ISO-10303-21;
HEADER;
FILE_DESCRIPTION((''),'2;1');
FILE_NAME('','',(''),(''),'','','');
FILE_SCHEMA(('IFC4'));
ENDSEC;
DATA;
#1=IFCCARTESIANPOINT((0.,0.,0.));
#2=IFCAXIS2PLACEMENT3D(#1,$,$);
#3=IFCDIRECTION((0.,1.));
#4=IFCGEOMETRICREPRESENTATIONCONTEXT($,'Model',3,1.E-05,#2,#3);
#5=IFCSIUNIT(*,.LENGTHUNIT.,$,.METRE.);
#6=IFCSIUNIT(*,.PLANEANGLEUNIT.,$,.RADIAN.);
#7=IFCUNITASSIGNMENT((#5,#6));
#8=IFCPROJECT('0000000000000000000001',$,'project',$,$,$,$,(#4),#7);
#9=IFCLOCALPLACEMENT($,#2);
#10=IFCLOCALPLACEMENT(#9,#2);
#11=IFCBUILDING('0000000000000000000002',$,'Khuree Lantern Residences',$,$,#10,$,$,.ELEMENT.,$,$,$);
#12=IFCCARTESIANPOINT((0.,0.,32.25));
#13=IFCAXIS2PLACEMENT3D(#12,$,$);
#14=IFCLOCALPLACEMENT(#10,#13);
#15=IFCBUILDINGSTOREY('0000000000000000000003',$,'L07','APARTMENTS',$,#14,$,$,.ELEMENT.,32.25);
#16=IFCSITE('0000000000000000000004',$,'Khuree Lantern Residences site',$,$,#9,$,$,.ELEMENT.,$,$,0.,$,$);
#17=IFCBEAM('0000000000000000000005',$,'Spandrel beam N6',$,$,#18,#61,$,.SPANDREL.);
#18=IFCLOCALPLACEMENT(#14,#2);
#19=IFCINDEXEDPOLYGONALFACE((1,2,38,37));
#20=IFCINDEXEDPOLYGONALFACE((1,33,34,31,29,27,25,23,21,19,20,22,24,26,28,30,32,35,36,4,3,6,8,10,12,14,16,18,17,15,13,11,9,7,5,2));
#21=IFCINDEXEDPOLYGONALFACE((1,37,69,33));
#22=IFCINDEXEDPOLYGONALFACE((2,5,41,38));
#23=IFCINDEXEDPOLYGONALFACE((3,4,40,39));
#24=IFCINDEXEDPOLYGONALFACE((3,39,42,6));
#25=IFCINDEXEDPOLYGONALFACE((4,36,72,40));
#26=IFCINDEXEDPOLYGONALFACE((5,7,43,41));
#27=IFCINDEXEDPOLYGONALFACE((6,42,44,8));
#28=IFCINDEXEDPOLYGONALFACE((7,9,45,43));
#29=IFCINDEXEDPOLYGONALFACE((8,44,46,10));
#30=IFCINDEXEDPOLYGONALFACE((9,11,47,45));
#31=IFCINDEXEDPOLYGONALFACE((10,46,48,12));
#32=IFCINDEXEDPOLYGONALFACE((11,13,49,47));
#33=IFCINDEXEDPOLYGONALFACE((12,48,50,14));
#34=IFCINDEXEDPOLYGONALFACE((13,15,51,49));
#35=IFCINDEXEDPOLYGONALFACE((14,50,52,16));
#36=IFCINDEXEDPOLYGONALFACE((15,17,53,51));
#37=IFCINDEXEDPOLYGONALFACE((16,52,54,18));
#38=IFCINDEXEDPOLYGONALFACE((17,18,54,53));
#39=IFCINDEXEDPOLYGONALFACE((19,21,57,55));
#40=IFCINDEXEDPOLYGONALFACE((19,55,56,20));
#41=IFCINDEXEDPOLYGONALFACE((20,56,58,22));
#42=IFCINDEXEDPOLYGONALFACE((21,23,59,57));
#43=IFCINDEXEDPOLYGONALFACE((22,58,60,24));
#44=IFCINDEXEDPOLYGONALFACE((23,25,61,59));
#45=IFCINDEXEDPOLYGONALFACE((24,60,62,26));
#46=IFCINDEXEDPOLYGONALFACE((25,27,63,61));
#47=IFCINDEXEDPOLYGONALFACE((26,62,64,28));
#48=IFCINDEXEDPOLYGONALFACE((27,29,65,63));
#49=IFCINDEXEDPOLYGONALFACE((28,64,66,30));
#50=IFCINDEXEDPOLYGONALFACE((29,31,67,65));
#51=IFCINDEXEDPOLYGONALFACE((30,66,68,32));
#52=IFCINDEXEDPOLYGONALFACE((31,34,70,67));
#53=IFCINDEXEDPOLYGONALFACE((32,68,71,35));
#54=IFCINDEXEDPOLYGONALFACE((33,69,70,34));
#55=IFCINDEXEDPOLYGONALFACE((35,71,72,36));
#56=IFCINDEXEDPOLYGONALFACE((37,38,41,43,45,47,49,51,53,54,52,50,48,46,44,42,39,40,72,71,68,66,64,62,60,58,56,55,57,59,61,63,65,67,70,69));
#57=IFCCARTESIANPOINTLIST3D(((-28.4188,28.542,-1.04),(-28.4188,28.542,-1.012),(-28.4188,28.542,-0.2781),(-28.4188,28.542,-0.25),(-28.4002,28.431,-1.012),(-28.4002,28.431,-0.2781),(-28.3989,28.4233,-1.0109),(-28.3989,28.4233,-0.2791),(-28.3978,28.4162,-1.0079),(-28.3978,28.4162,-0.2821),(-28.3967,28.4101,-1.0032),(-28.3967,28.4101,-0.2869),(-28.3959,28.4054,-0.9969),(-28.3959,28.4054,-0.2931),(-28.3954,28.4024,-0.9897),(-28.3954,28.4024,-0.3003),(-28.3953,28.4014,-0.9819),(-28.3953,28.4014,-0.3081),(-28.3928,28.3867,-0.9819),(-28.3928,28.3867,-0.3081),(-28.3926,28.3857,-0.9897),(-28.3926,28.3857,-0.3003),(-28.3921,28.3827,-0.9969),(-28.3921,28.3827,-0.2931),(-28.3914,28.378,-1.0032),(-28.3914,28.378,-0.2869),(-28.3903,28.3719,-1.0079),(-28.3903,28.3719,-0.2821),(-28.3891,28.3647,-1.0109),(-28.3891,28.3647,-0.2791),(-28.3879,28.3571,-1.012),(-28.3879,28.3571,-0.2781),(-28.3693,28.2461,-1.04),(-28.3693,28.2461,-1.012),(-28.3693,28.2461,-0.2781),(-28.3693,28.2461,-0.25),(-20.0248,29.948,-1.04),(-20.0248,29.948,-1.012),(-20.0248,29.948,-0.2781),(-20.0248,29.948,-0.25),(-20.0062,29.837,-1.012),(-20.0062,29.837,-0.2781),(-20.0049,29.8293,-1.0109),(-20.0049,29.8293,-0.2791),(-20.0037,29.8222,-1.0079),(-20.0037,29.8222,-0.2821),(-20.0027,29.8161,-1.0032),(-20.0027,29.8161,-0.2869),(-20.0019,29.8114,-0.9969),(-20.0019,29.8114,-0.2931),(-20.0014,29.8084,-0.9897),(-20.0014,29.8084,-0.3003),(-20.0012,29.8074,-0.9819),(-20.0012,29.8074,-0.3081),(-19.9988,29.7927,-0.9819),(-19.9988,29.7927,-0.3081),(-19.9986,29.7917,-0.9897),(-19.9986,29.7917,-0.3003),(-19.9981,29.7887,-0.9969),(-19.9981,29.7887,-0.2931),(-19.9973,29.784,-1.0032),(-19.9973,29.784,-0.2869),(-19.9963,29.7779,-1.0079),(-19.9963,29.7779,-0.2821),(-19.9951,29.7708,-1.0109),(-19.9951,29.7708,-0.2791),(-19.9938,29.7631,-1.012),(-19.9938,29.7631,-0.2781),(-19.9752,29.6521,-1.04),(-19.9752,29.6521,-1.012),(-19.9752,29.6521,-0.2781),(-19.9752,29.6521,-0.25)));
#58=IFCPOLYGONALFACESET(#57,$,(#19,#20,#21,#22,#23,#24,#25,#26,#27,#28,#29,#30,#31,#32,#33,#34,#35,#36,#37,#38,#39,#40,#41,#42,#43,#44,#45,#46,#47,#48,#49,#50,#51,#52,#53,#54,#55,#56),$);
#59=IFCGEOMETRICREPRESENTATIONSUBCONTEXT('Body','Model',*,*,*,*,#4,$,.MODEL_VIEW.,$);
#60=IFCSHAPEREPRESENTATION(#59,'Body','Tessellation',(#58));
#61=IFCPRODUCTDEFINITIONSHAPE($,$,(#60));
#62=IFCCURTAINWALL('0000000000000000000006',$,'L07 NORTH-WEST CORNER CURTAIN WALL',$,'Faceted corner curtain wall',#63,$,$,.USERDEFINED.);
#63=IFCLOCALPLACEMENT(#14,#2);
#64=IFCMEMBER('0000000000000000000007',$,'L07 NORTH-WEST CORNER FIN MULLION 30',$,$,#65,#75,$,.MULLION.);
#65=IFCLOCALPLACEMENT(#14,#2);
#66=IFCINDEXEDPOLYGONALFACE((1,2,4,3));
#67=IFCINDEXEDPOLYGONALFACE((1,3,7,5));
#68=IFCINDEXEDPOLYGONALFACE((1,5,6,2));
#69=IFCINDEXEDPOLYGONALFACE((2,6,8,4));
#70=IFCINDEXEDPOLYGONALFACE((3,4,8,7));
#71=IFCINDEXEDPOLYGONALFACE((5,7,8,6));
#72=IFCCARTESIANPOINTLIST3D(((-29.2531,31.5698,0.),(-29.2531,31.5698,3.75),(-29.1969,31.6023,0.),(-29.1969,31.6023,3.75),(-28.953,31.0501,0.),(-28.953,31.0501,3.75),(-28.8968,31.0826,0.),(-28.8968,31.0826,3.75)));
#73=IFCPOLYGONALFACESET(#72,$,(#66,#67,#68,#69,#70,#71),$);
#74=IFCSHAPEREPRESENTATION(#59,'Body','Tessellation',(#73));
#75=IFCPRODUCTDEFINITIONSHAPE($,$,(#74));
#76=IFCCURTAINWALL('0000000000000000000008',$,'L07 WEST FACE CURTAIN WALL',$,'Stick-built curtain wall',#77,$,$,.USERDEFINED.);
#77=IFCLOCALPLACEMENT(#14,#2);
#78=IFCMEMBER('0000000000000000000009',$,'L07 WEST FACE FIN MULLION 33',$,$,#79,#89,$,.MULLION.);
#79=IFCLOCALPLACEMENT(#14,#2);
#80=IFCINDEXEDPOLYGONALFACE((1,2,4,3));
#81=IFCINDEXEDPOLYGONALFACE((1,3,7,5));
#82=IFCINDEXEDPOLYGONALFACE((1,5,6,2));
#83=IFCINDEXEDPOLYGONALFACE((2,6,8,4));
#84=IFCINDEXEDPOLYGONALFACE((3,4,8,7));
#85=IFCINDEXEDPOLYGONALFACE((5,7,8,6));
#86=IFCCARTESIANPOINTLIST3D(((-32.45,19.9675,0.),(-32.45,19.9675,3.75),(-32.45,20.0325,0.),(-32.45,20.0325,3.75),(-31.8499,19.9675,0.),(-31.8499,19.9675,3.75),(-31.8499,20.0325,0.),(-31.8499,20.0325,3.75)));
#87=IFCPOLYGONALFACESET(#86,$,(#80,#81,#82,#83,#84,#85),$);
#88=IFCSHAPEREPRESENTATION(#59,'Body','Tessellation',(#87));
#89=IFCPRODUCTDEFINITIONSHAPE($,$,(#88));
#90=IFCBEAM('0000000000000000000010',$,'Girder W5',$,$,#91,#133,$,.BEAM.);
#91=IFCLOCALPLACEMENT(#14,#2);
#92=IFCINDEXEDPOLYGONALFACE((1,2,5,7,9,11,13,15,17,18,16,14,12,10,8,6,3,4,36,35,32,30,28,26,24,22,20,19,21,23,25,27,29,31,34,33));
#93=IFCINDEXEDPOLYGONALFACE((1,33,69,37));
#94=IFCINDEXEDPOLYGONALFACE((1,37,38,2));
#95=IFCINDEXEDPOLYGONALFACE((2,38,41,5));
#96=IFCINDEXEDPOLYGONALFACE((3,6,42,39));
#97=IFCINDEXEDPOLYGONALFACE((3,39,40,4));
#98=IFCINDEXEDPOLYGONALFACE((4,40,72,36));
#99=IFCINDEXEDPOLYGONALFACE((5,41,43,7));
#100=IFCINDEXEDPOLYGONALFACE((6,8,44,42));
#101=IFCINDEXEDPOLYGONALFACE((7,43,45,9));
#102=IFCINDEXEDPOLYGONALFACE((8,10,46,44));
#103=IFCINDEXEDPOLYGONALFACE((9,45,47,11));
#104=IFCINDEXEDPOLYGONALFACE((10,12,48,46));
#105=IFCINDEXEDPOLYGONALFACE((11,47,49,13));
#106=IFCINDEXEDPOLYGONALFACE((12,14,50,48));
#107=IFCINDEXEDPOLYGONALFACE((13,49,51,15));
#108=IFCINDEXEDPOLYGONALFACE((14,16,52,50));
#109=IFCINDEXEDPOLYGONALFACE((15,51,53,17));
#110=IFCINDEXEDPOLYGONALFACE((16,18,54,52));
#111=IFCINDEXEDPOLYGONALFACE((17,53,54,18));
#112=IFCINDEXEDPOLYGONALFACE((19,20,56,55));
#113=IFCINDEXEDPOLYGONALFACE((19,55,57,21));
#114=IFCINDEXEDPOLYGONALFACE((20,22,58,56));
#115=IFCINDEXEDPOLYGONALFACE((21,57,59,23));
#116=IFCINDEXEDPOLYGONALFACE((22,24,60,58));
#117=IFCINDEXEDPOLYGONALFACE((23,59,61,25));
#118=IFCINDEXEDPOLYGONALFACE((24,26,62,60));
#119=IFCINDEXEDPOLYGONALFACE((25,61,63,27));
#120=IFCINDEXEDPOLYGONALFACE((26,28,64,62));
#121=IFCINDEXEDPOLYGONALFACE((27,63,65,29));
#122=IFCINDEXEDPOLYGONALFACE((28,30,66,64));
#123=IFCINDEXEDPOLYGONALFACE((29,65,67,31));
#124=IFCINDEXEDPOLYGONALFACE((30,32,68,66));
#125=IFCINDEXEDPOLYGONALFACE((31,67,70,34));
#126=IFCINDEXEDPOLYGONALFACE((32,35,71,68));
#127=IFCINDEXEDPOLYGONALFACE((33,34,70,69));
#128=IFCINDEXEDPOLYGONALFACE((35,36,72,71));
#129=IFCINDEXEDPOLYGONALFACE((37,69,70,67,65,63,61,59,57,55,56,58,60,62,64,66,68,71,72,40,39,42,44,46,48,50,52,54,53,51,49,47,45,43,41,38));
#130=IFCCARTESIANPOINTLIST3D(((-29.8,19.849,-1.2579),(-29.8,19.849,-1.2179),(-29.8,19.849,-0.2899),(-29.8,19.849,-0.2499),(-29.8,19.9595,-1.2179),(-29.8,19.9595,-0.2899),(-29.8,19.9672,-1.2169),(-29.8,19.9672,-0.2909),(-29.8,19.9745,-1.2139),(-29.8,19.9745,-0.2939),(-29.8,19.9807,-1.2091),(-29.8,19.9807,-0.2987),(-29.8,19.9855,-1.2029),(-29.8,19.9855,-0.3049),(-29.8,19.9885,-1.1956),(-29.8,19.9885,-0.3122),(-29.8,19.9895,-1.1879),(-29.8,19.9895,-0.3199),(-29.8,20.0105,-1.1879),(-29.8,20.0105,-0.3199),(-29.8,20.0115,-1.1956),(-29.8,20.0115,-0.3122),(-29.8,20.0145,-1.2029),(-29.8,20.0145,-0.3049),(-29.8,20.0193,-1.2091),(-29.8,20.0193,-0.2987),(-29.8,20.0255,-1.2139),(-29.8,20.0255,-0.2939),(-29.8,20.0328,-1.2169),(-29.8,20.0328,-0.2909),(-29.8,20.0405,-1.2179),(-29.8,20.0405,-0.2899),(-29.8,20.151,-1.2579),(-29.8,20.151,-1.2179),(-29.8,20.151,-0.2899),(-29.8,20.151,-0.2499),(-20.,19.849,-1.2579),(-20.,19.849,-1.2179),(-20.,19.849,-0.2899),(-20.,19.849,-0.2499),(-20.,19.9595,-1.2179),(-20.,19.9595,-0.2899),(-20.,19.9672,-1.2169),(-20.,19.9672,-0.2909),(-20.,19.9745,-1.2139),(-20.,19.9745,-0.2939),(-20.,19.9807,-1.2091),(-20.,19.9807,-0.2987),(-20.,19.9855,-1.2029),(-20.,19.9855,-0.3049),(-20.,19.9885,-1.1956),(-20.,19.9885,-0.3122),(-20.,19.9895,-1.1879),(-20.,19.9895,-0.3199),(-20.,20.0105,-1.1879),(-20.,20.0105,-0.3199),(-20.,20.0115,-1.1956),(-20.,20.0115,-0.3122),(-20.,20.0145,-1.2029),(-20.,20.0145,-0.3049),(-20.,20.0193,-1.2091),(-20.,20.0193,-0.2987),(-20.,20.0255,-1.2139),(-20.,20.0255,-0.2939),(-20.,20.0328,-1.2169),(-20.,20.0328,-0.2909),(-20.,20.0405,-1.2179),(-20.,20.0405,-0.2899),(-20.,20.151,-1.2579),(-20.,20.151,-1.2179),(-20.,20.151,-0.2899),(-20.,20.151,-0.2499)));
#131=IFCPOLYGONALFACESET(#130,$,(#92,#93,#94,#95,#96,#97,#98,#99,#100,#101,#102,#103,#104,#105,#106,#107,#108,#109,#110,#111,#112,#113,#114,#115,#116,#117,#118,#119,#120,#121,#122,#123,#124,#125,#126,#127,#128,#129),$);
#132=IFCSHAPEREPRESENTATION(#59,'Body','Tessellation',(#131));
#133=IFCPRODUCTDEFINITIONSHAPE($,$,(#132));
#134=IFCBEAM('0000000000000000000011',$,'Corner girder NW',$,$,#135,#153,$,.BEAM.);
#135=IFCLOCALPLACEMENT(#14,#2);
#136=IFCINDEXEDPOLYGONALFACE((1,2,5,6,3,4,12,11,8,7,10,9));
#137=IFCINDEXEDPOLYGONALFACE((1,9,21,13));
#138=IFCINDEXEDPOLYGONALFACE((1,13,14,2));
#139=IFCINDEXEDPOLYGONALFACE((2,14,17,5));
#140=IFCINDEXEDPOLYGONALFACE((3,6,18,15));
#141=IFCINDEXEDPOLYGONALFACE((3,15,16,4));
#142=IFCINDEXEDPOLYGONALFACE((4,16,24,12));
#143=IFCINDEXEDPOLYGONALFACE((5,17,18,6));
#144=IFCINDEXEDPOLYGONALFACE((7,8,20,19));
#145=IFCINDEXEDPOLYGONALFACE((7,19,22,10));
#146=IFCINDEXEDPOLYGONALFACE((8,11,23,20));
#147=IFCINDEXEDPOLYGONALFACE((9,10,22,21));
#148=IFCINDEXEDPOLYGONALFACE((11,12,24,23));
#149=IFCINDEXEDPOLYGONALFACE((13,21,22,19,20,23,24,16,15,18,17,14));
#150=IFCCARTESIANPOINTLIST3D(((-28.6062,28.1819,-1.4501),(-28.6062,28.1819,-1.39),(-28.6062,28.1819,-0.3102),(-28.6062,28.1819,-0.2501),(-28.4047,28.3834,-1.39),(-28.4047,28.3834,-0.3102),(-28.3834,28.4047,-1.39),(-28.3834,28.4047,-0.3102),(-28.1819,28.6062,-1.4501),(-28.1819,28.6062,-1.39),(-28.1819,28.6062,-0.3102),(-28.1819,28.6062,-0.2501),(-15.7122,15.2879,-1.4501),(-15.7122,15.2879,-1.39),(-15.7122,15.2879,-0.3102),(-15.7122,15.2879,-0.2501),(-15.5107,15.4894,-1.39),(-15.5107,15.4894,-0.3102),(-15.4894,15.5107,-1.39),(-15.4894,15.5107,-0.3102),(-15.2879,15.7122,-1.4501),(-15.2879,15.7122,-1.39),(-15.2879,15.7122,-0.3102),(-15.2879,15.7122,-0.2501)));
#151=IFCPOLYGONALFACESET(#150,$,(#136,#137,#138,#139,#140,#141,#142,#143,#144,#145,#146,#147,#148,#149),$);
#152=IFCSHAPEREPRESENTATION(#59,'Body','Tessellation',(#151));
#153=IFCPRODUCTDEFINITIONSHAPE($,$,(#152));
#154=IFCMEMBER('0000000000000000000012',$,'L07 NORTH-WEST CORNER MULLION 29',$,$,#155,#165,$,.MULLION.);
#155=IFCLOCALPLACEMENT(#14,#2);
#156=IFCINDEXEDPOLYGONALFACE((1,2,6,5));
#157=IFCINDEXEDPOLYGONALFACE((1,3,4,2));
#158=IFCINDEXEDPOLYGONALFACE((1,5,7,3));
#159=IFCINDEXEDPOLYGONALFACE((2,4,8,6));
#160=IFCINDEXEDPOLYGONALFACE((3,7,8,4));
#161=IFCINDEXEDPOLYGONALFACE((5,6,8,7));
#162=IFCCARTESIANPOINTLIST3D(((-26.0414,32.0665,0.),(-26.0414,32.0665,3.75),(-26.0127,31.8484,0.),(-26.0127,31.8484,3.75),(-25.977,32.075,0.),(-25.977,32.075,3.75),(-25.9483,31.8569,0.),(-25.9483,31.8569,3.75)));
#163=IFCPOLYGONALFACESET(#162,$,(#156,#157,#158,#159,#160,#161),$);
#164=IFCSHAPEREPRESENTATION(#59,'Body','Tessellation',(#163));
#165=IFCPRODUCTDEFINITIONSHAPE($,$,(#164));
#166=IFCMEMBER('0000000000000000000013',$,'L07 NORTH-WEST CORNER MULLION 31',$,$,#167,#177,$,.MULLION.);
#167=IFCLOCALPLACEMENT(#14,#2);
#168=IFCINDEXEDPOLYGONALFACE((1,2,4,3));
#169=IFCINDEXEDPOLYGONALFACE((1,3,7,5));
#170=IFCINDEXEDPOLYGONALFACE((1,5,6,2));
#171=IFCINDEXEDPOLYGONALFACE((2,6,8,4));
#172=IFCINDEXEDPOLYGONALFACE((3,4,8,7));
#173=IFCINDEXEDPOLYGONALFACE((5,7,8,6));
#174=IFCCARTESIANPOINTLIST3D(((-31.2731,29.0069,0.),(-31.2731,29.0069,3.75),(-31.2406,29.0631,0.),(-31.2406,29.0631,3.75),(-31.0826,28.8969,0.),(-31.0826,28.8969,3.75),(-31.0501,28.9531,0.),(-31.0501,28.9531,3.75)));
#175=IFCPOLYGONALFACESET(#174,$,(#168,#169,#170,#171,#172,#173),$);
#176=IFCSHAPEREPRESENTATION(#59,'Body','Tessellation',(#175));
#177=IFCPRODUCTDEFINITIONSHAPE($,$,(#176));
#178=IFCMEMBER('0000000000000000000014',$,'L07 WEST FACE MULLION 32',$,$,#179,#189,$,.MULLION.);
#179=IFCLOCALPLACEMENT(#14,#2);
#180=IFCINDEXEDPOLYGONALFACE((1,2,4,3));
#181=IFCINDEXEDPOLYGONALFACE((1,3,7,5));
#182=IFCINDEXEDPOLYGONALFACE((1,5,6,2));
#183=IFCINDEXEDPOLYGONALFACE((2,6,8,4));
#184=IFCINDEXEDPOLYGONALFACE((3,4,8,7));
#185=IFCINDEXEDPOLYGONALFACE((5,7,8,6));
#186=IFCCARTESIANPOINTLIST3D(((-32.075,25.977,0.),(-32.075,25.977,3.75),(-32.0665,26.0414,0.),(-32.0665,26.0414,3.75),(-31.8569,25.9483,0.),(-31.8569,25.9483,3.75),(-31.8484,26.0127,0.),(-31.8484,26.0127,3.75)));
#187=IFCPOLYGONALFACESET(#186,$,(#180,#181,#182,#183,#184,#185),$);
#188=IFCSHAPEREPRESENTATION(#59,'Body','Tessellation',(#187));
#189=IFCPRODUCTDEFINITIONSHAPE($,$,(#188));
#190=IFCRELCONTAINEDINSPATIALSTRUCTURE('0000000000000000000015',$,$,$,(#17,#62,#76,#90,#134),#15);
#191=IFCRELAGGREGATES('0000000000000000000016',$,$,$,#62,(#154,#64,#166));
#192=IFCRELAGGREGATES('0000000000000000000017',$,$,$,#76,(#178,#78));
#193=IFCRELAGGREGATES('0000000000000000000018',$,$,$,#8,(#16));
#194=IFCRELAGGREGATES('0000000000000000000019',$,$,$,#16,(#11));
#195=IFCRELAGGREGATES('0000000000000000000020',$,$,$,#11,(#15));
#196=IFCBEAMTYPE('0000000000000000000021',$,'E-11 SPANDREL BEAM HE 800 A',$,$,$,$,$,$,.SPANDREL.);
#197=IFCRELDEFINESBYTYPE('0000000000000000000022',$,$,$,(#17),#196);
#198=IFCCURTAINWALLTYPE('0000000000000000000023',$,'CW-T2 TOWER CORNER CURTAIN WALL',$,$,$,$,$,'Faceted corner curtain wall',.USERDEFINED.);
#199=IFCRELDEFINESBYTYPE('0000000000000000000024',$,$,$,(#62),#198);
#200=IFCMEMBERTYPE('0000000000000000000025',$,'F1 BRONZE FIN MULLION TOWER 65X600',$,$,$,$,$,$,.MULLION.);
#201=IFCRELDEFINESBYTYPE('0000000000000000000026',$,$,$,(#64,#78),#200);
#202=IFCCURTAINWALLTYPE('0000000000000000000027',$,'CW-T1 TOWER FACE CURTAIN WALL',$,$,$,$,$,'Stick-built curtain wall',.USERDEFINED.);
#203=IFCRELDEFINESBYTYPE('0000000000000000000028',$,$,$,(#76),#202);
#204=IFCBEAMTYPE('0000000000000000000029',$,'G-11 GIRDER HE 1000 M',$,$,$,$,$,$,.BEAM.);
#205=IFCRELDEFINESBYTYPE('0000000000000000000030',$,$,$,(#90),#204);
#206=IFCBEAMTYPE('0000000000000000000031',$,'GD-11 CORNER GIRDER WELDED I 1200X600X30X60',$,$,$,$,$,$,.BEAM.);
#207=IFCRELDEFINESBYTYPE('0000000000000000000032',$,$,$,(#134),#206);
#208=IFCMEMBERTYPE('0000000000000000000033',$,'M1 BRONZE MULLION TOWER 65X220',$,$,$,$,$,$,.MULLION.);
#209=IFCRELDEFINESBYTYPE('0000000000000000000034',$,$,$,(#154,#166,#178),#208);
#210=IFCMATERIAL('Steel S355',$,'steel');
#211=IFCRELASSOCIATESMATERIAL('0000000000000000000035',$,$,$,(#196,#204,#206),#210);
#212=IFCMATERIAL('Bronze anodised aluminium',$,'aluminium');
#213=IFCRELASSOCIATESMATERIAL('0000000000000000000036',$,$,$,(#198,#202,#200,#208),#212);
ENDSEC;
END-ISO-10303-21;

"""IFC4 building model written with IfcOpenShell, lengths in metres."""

from ifc_helpers import new_model, si_unit, direction, frame, origin, origin_2d, place, context, subcontext, project, spatial, rectangle, i_section, extrude, material, material_profile, profile_set, type_object, element, aggregate, save


model = new_model("IFC4")

# Units and contexts
model_context = context("Model", 3, precision=1e-05, world=origin(), true_north=direction((0.0, 1.0)))
body_context = subcontext(model_context, "Body", "Model", "MODEL_VIEW")
ifc_project = project(units=[si_unit("LENGTHUNIT", "METRE"), si_unit("PLANEANGLEUNIT", "RADIAN")], contexts=[model_context])

# Site, building, storey
site_placement = place(None, origin())
site = spatial("IfcSite", under=ifc_project, at=site_placement, Name="Khuree Lantern Residences site", CompositionType="ELEMENT", RefElevation=0.0)
building_placement = place(site_placement, origin())
building = spatial("IfcBuilding", under=site, at=building_placement, Name="Khuree Lantern Residences", CompositionType="ELEMENT")
storey_placement = place(building_placement, frame((0.0, 0.0, 32.25)))
storey = spatial("IfcBuildingStorey", under=building, at=storey_placement, Name="L07", Description="APARTMENTS", CompositionType="ELEMENT", Elevation=32.25)

# Beam
ifc_material_1 = material(Name="Steel S355", Category="steel")
ifc_material_profile_1 = material_profile(ifc_material_1, i_section(OverallWidth=0.3, OverallDepth=0.79, WebThickness=0.0149, FlangeThickness=0.0281, FilletRadius=0.03, at=origin_2d()), Name="HE 800 A")
ifc_profile_set_1 = profile_set([ifc_material_profile_1], Name="Steel S355")
beam_type_1 = type_object("IfcBeamType", Name="E-11 SPANDREL BEAM HE 800 A", PredefinedType="SPANDREL", material=ifc_profile_set_1)
for number, where, z_axis, x_axis, name in (
    (1, (-28.394, 28.394, -0.645), (0.98626, 0.165199, 0.0), (-0.165199, 0.98626, 0.0), "Spandrel beam N6"),
):
    element("IfcBeam", number, at=place(storey_placement, frame(where, z_axis=z_axis, x_axis=x_axis)), inside=storey, type_object=beam_type_1, Name=name, PredefinedType="SPANDREL", context=body_context, shape_type="SweptSolid", body=[
        extrude(i_section(OverallWidth=0.3, OverallDepth=0.79, WebThickness=0.0149, FlangeThickness=0.0281, FilletRadius=0.03, at=origin_2d()), origin(), (0.0, 0.0, 1.0), 8.511),
    ])

# Curtain walls, members
ifc_material_2 = material(Name="Bronze anodised aluminium", Category="aluminium")
curtain_wall_type_1 = type_object("IfcCurtainWallType", Name="CW-T2 TOWER CORNER CURTAIN WALL", ElementType="Faceted corner curtain wall", PredefinedType="USERDEFINED", material=ifc_material_2)
curtain_wall_1_placement = place(storey_placement, origin())
curtain_wall_1 = element("IfcCurtainWall", 2, at=curtain_wall_1_placement, inside=storey, type_object=curtain_wall_type_1, Name="L07 NORTH-WEST CORNER CURTAIN WALL", ObjectType="Faceted corner curtain wall", PredefinedType="USERDEFINED")
ifc_material_profile_2 = material_profile(ifc_material_2, rectangle(XDim=0.0649, YDim=0.6001, at=origin_2d()), Name="F1 65X600")
ifc_profile_set_2 = profile_set([ifc_material_profile_2], Name="Bronze anodised aluminium")
member_type_1 = type_object("IfcMemberType", Name="F1 BRONZE FIN MULLION TOWER 65X600", PredefinedType="MULLION", material=ifc_profile_set_2)
member_1_placement = place(storey_placement, frame((-29.075, 31.3262, 0.0), z_axis=(0.0, 0.0, 1.0), x_axis=(-0.866025, -0.5, 0.0)))
member_1 = element("IfcMember", 3, at=member_1_placement, type_object=member_type_1, Name="L07 NORTH-WEST CORNER FIN MULLION 30", PredefinedType="MULLION", context=body_context, shape_type="SweptSolid", body=[
    extrude(rectangle(XDim=0.0649, YDim=0.6001, at=origin_2d()), origin(), (0.0, 0.0, 1.0), 3.75),
])
curtain_wall_type_2 = type_object("IfcCurtainWallType", Name="CW-T1 TOWER FACE CURTAIN WALL", ElementType="Stick-built curtain wall", PredefinedType="USERDEFINED", material=ifc_material_2)
curtain_wall_2_placement = place(storey_placement, origin())
curtain_wall_2 = element("IfcCurtainWall", 4, at=curtain_wall_2_placement, inside=storey, type_object=curtain_wall_type_2, Name="L07 WEST FACE CURTAIN WALL", ObjectType="Stick-built curtain wall", PredefinedType="USERDEFINED")
member_2_placement = place(storey_placement, frame((-32.1499, 20.0, 0.0), z_axis=(0.0, 0.0, 1.0), x_axis=(0.0, -1.0, 0.0)))
member_2 = element("IfcMember", 5, at=member_2_placement, type_object=member_type_1, Name="L07 WEST FACE FIN MULLION 33", PredefinedType="MULLION", context=body_context, shape_type="SweptSolid", body=[
    extrude(rectangle(XDim=0.0649, YDim=0.6001, at=origin_2d()), origin(), (0.0, 0.0, 1.0), 3.75),
])

# Beams
ifc_material_profile_3 = material_profile(ifc_material_1, i_section(OverallWidth=0.302, OverallDepth=1.0081, WebThickness=0.021, FlangeThickness=0.04, FilletRadius=0.03, at=origin_2d()), Name="HE 1000 M")
ifc_profile_set_3 = profile_set([ifc_material_profile_3], Name="Steel S355")
beam_type_2 = type_object("IfcBeamType", Name="G-11 GIRDER HE 1000 M", PredefinedType="BEAM", material=ifc_profile_set_3)
beam_1_placement = place(storey_placement, frame((-29.8, 20.0, -0.7539), z_axis=(1.0, 0.0, 0.0), x_axis=(0.0, 1.0, 0.0)))
element("IfcBeam", 6, at=beam_1_placement, inside=storey, type_object=beam_type_2, Name="Girder W5", PredefinedType="BEAM", context=body_context, shape_type="SweptSolid", body=[
    extrude(i_section(OverallWidth=0.302, OverallDepth=1.0081, WebThickness=0.021, FlangeThickness=0.04, FilletRadius=0.03, at=origin_2d()), origin(), (0.0, 0.0, 1.0), 9.8),
])
ifc_material_profile_4 = material_profile(ifc_material_1, i_section(OverallWidth=0.6001, OverallDepth=1.2, WebThickness=0.03, FlangeThickness=0.0601, at=origin_2d()), Name="WELDED I 1200X600X30X60")
ifc_profile_set_4 = profile_set([ifc_material_profile_4], Name="Steel S355")
beam_type_3 = type_object("IfcBeamType", Name="GD-11 CORNER GIRDER WELDED I 1200X600X30X60", PredefinedType="BEAM", material=ifc_profile_set_4)
beam_2_placement = place(storey_placement, frame((-28.394, 28.394, -0.8501), z_axis=(0.707107, -0.707107, 0.0), x_axis=(0.707107, 0.707107, 0.0)))
element("IfcBeam", 7, at=beam_2_placement, inside=storey, type_object=beam_type_3, Name="Corner girder NW", PredefinedType="BEAM", context=body_context, shape_type="SweptSolid", body=[
    extrude(i_section(OverallWidth=0.6001, OverallDepth=1.2, WebThickness=0.03, FlangeThickness=0.0601, at=origin_2d()), origin(), (0.0, 0.0, 1.0), 18.2349),
])

# Members
ifc_material_profile_5 = material_profile(ifc_material_2, rectangle(XDim=0.0649, YDim=0.22, at=origin_2d()), Name="M1 65X220")
ifc_profile_set_5 = profile_set([ifc_material_profile_5], Name="Bronze anodised aluminium")
member_type_2 = type_object("IfcMemberType", Name="M1 BRONZE MULLION TOWER 65X220", PredefinedType="MULLION", material=ifc_profile_set_5)
member_3_placement = place(storey_placement, frame((-25.9949, 31.9617, 0.0), z_axis=(0.0, 0.0, 1.0), x_axis=(-0.991445, -0.130526, 0.0)))
member_3 = element("IfcMember", 8, at=member_3_placement, type_object=member_type_2, Name="L07 NORTH-WEST CORNER MULLION 29", PredefinedType="MULLION", context=body_context, shape_type="SweptSolid", body=[
    extrude(rectangle(XDim=0.0649, YDim=0.22, at=origin_2d()), origin(), (0.0, 0.0, 1.0), 3.75),
])
member_4_placement = place(storey_placement, frame((-31.1616, 28.98, 0.0), z_axis=(0.0, 0.0, 1.0), x_axis=(-0.5, -0.866025, 0.0)))
member_4 = element("IfcMember", 9, at=member_4_placement, type_object=member_type_2, Name="L07 NORTH-WEST CORNER MULLION 31", PredefinedType="MULLION", context=body_context, shape_type="SweptSolid", body=[
    extrude(rectangle(XDim=0.0649, YDim=0.22, at=origin_2d()), origin(), (0.0, 0.0, 1.0), 3.75),
])
member_5_placement = place(storey_placement, frame((-31.9617, 25.9949, 0.0), z_axis=(0.0, 0.0, 1.0), x_axis=(-0.130526, -0.991445, 0.0)))
member_5 = element("IfcMember", 10, at=member_5_placement, type_object=member_type_2, Name="L07 WEST FACE MULLION 32", PredefinedType="MULLION", context=body_context, shape_type="SweptSolid", body=[
    extrude(rectangle(XDim=0.0649, YDim=0.22, at=origin_2d()), origin(), (0.0, 0.0, 1.0), 3.75),
])

aggregate(curtain_wall_1, [member_3, member_1, member_4])
aggregate(curtain_wall_2, [member_5, member_2])

save(model, "model.ifc")
